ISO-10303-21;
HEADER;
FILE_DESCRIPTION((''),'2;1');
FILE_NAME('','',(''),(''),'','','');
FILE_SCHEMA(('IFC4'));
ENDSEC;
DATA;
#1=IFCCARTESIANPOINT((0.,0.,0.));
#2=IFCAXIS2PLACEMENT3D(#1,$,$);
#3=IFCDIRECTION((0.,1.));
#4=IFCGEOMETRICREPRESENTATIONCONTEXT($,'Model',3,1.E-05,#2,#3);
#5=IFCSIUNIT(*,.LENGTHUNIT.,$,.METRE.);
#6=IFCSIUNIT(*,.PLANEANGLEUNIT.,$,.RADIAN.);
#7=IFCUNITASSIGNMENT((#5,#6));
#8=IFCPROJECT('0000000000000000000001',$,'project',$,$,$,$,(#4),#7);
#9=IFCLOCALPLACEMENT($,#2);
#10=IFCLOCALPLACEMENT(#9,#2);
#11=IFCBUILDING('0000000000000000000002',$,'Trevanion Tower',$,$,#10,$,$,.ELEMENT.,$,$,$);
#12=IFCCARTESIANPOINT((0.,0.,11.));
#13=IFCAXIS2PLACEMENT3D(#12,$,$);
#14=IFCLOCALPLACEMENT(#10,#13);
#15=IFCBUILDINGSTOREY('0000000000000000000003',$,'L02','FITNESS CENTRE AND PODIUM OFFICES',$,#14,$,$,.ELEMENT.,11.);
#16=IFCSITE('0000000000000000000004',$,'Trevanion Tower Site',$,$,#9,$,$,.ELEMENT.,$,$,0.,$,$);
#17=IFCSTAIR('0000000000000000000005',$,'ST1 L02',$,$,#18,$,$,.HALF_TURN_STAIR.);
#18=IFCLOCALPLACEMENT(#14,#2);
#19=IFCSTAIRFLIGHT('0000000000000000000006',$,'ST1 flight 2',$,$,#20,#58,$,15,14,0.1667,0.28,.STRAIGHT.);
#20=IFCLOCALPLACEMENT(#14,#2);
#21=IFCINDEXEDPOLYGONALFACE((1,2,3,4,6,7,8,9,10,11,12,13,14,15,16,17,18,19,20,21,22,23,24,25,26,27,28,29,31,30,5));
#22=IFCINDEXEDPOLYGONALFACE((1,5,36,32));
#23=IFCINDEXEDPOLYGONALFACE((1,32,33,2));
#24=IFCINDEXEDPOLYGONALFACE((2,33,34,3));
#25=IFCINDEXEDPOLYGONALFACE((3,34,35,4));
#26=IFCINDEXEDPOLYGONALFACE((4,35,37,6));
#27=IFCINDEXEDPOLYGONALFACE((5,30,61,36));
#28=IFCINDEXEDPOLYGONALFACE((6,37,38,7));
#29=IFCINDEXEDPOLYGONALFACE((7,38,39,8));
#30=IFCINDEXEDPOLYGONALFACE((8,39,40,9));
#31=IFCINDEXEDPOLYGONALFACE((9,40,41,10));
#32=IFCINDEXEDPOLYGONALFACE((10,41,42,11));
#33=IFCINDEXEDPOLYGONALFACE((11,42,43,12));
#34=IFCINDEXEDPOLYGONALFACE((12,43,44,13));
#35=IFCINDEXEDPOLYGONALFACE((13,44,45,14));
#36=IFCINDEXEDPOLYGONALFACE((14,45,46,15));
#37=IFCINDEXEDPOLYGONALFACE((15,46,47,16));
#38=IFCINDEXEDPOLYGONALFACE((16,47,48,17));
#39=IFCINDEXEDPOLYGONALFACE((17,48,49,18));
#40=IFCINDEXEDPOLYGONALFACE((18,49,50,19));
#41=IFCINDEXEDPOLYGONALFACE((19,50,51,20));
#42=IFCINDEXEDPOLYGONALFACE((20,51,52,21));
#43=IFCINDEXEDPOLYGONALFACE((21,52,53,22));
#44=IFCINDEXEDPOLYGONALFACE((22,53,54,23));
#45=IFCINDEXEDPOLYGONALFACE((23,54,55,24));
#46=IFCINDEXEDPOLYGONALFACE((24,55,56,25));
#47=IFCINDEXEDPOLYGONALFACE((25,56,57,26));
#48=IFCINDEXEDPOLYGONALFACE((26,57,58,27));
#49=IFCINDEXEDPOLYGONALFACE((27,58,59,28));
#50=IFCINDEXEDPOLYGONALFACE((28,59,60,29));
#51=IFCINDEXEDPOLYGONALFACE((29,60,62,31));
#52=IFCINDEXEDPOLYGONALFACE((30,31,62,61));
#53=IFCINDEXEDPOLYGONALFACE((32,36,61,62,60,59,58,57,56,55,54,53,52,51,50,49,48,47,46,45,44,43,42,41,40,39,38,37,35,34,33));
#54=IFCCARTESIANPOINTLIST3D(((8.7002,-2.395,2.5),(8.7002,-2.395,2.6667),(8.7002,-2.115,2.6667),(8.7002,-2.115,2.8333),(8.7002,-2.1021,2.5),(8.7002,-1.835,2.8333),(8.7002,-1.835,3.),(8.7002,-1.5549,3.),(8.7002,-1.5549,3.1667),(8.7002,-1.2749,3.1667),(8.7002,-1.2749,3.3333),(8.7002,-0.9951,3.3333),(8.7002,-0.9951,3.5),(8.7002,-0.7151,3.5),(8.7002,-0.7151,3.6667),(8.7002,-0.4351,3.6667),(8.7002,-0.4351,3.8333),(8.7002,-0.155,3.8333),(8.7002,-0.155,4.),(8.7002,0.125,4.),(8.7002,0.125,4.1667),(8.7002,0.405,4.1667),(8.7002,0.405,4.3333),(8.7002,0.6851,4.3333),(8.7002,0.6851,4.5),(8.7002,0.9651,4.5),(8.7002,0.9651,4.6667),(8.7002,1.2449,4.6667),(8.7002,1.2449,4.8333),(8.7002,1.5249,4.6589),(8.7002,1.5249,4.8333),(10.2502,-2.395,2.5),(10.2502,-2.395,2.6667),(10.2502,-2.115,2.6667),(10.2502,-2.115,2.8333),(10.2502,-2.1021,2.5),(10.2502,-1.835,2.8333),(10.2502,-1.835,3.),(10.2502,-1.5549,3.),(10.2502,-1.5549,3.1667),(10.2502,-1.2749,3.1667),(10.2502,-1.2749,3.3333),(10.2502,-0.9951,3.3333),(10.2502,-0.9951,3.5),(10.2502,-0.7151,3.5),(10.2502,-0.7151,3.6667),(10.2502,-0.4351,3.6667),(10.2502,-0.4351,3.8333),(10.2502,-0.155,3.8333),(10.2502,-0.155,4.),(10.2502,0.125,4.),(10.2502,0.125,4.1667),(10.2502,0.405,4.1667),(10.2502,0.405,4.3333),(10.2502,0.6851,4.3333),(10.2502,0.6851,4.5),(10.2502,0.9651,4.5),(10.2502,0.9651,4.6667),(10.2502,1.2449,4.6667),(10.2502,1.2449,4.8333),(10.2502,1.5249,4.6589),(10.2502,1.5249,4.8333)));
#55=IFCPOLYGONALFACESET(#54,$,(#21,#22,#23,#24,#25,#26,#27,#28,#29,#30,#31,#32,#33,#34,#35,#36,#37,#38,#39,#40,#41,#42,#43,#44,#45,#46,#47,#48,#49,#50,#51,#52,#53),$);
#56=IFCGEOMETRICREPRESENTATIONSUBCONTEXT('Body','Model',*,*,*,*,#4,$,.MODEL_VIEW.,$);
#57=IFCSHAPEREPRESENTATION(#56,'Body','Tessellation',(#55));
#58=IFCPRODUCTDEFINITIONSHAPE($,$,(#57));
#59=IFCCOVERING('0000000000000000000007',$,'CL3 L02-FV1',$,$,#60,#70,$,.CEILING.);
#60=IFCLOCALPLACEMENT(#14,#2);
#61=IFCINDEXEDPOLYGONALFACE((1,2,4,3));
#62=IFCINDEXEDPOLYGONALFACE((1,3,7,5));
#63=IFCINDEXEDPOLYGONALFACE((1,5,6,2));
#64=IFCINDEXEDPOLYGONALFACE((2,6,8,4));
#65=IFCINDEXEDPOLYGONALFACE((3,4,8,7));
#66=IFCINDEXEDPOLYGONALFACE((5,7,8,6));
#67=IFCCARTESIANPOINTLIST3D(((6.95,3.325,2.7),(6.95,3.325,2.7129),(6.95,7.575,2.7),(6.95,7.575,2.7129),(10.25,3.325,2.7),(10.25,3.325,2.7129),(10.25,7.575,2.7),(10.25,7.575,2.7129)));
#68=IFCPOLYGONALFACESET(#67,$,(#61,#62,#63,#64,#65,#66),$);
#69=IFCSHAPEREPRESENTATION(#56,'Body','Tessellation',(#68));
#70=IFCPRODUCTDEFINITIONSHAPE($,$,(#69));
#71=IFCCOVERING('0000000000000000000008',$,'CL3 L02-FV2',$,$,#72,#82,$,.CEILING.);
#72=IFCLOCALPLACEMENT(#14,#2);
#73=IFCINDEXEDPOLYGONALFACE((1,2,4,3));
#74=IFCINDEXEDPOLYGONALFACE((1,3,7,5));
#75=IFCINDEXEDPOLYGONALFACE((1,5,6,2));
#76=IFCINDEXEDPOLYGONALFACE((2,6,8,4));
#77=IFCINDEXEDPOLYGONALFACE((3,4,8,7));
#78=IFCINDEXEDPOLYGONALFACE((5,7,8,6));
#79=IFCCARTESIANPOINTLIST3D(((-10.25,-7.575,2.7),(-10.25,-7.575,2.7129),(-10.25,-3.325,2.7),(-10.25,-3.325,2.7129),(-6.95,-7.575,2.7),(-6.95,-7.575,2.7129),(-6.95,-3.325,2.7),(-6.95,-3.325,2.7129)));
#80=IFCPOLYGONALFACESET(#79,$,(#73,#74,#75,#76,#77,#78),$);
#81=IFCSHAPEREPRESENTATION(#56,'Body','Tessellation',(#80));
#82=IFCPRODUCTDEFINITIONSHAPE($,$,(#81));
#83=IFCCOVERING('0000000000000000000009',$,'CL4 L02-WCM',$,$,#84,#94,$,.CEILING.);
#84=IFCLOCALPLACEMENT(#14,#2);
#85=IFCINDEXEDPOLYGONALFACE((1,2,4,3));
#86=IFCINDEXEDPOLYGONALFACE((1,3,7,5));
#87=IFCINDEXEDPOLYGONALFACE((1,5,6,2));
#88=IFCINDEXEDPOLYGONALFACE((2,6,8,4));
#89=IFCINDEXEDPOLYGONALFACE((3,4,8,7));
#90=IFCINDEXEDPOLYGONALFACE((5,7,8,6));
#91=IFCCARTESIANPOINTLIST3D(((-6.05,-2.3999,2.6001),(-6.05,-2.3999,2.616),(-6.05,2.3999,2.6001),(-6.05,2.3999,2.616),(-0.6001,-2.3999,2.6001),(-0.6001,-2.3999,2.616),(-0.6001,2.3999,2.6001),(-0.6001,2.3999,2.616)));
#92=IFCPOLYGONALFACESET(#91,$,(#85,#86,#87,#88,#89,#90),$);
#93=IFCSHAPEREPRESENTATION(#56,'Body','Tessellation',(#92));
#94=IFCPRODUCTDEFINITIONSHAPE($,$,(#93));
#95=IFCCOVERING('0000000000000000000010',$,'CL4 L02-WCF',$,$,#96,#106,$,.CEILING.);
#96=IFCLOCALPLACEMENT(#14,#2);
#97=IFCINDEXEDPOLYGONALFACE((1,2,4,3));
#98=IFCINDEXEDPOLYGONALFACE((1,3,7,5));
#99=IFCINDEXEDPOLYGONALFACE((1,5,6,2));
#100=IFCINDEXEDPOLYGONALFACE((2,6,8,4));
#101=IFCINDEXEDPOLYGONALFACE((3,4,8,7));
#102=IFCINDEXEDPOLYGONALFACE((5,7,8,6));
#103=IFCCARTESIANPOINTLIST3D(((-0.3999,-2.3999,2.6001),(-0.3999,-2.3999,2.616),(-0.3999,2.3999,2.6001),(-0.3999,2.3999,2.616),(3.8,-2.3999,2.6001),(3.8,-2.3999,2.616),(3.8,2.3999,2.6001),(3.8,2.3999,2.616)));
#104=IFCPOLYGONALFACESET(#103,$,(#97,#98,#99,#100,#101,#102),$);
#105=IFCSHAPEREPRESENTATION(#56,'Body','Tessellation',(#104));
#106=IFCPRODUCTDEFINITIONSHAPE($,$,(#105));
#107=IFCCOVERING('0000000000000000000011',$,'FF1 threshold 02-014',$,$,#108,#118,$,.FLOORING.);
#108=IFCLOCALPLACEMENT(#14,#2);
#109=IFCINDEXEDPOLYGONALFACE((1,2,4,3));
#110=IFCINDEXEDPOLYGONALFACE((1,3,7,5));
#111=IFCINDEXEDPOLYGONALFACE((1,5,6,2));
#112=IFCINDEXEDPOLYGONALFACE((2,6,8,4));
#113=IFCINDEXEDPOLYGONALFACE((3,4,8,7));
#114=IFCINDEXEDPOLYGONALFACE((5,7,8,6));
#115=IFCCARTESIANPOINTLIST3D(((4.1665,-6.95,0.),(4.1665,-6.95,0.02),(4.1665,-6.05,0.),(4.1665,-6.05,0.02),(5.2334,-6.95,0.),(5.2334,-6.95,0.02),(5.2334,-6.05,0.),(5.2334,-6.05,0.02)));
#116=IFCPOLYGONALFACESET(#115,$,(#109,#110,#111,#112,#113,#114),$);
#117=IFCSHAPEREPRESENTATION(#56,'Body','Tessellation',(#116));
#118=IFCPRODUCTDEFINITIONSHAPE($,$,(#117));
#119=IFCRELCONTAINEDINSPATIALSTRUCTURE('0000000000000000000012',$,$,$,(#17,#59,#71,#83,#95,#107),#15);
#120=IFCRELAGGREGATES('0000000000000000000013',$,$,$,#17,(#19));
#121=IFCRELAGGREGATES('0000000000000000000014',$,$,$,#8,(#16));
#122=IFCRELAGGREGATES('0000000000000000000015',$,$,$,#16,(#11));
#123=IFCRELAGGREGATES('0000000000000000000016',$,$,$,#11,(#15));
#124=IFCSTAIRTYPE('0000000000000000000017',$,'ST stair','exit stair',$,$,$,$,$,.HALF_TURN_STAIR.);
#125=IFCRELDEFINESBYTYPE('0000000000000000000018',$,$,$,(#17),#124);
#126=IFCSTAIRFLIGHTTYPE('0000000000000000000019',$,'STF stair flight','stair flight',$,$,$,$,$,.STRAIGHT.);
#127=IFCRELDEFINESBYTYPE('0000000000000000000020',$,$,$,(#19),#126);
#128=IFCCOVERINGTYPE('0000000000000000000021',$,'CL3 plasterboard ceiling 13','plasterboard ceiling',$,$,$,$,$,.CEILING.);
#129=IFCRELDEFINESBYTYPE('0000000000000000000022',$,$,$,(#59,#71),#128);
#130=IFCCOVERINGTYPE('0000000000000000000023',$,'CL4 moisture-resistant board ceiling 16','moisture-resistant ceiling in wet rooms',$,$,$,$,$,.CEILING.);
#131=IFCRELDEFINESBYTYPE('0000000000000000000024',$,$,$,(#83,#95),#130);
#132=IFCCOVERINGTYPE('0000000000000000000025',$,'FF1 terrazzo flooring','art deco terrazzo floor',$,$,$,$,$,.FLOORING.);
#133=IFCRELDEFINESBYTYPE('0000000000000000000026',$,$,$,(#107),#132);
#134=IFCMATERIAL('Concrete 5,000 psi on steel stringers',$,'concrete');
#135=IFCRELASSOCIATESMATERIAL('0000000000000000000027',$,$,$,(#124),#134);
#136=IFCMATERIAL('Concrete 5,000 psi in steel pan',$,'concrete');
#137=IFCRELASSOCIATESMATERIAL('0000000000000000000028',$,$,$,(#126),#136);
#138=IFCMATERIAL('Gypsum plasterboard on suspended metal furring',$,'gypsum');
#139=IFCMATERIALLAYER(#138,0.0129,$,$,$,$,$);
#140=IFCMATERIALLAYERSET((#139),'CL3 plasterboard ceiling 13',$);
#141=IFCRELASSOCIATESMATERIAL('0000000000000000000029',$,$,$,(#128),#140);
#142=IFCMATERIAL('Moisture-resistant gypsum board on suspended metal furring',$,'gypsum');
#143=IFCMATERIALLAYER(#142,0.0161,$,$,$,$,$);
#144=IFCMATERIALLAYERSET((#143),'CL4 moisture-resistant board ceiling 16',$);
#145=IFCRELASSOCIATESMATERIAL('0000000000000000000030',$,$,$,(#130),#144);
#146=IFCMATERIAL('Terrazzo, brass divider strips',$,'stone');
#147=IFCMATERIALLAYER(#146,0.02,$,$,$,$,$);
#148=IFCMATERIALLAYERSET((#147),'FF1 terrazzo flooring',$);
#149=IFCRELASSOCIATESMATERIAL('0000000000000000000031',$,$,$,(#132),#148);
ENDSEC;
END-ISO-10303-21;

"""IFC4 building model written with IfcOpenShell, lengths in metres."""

from ifc_helpers import new_model, si_unit, direction, frame, origin, place, context, subcontext, project, spatial, polyline, outline, extrude, material, layer, layer_set, type_object, element, aggregate, save


model = new_model("IFC4")

# Units and contexts
model_context = context("Model", 3, precision=1e-05, world=origin(), true_north=direction((0.0, 1.0)))
body_context = subcontext(model_context, "Body", "Model", "MODEL_VIEW")
ifc_project = project(units=[si_unit("LENGTHUNIT", "METRE"), si_unit("PLANEANGLEUNIT", "RADIAN")], contexts=[model_context])

# Site, building, storey
site_placement = place(None, origin())
site = spatial("IfcSite", under=ifc_project, at=site_placement, Name="Trevanion Tower Site", CompositionType="ELEMENT", RefElevation=0.0)
building_placement = place(site_placement, origin())
building = spatial("IfcBuilding", under=site, at=building_placement, Name="Trevanion Tower", CompositionType="ELEMENT")
storey_placement = place(building_placement, frame((0.0, 0.0, 11.0)))
storey = spatial("IfcBuildingStorey", under=building, at=storey_placement, Name="L02", Description="FITNESS CENTRE AND PODIUM OFFICES", CompositionType="ELEMENT", Elevation=11.0)

# Stair
ifc_material_1 = material(Name="Concrete 5,000 psi on steel stringers", Category="concrete")
stair_type = type_object("IfcStairType", Name="ST stair", Description="exit stair", PredefinedType="HALF_TURN_STAIR", material=ifc_material_1)
stair_1_placement = place(storey_placement, origin())
stair_1 = element("IfcStair", 1, at=stair_1_placement, inside=storey, type_object=stair_type, Name="ST1 L02", PredefinedType="HALF_TURN_STAIR")

# Stair flight
ifc_material_2 = material(Name="Concrete 5,000 psi in steel pan", Category="concrete")
stair_flight_type = type_object("IfcStairFlightType", Name="STF stair flight", Description="stair flight", PredefinedType="STRAIGHT", material=ifc_material_2)
stair_flight_placement = place(storey_placement, frame((9.4751, -2.395, 2.5), z_axis=(0.0, 0.0, 1.0), x_axis=(0.0, 1.0, 0.0)))
stair_flight = element("IfcStairFlight", 2, at=stair_flight_placement, type_object=stair_flight_type, Name="ST1 flight 2", NumberOfRisers=15, NumberOfTreads=14, PredefinedType="STRAIGHT", RiserHeight=0.1667, TreadLength=0.28, context=body_context, shape_type="SweptSolid", body=[
    extrude(outline(polyline([(0.0, 0.0), (0.0, 0.1667), (0.28, 0.1667), (0.28, 0.3333), (0.5601, 0.3333), (0.5601, 0.5), (0.8401, 0.5), (0.8401, 0.6667), (1.1201, 0.6667), (1.1201, 0.8333), (1.3999, 0.8333), (1.3999, 1.0), (1.6799, 1.0), (1.6799, 1.1667), (1.96, 1.1667), (1.96, 1.3333), (2.24, 1.3333), (2.24, 1.5), (2.52, 1.5), (2.52, 1.6667), (2.8, 1.6667), (2.8, 1.8333), (3.0801, 1.8333), (3.0801, 2.0), (3.3601, 2.0), (3.3601, 2.1667), (3.6399, 2.1667), (3.6399, 2.3333), (3.9199, 2.3333), (3.9199, 2.5), (3.9199, 2.1589), (0.293, 0.0), (0.0, 0.0)])), frame((0.0, 0.7749, 0.0), z_axis=(0.0, -1.0, 0.0), x_axis=(1.0, 0.0, 0.0)), (0.0, 0.0, 1.0), 1.55),
])
aggregate(stair_1, [stair_flight])

# Coverings
ifc_material_3 = material(Name="Gypsum plasterboard on suspended metal furring", Category="gypsum")
ifc_layer_1 = layer(ifc_material_3, 0.0129)
ifc_layer_set_1 = layer_set([ifc_layer_1], Name="CL3 plasterboard ceiling 13")
covering_type_1 = type_object("IfcCoveringType", Name="CL3 plasterboard ceiling 13", Description="plasterboard ceiling", PredefinedType="CEILING", material=ifc_layer_set_1)
covering_1_placement = place(storey_placement, frame((0.0, 0.0, 2.7)))
element("IfcCovering", 3, at=covering_1_placement, inside=storey, type_object=covering_type_1, Name="CL3 L02-FV1", PredefinedType="CEILING", context=body_context, shape_type="SweptSolid", body=[
    extrude(outline(polyline([(6.95, 3.325), (6.95, 7.575), (10.25, 7.575), (10.25, 3.325), (6.95, 3.325)])), origin(), (0.0, 0.0, 1.0), 0.0129),
])
covering_2_placement = place(storey_placement, frame((0.0, 0.0, 2.7)))
element("IfcCovering", 4, at=covering_2_placement, inside=storey, type_object=covering_type_1, Name="CL3 L02-FV2", PredefinedType="CEILING", context=body_context, shape_type="SweptSolid", body=[
    extrude(outline(polyline([(-6.95, -3.325), (-6.95, -7.575), (-10.25, -7.575), (-10.25, -3.325), (-6.95, -3.325)])), origin(), (0.0, 0.0, 1.0), 0.0129),
])
ifc_material_4 = material(Name="Moisture-resistant gypsum board on suspended metal furring", Category="gypsum")
ifc_layer_2 = layer(ifc_material_4, 0.0161)
ifc_layer_set_2 = layer_set([ifc_layer_2], Name="CL4 moisture-resistant board ceiling 16")
covering_type_2 = type_object("IfcCoveringType", Name="CL4 moisture-resistant board ceiling 16", Description="moisture-resistant ceiling in wet rooms", PredefinedType="CEILING", material=ifc_layer_set_2)
covering_3_placement = place(storey_placement, frame((0.0, 0.0, 2.6001)))
element("IfcCovering", 5, at=covering_3_placement, inside=storey, type_object=covering_type_2, Name="CL4 L02-WCM", PredefinedType="CEILING", context=body_context, shape_type="SweptSolid", body=[
    extrude(outline(polyline([(-6.05, -2.3999), (-6.05, 2.3999), (-0.6001, 2.3999), (-0.6001, -2.3999), (-6.05, -2.3999)])), origin(), (0.0, 0.0, 1.0), 0.0159),
])
covering_4_placement = place(storey_placement, frame((0.0, 0.0, 2.6001)))
element("IfcCovering", 6, at=covering_4_placement, inside=storey, type_object=covering_type_2, Name="CL4 L02-WCF", PredefinedType="CEILING", context=body_context, shape_type="SweptSolid", body=[
    extrude(outline(polyline([(-0.3999, -2.3999), (-0.3999, 2.3999), (3.8, 2.3999), (3.8, -2.3999), (-0.3999, -2.3999)])), origin(), (0.0, 0.0, 1.0), 0.0159),
])
ifc_material_5 = material(Name="Terrazzo, brass divider strips", Category="stone")
ifc_layer_3 = layer(ifc_material_5, 0.02)
ifc_layer_set_3 = layer_set([ifc_layer_3], Name="FF1 terrazzo flooring")
covering_type_3 = type_object("IfcCoveringType", Name="FF1 terrazzo flooring", Description="art deco terrazzo floor", PredefinedType="FLOORING", material=ifc_layer_set_3)
covering_5_placement = place(storey_placement, origin())
element("IfcCovering", 7, at=covering_5_placement, inside=storey, type_object=covering_type_3, Name="FF1 threshold 02-014", PredefinedType="FLOORING", context=body_context, shape_type="SweptSolid", body=[
    extrude(outline(polyline([(4.1665, -6.95), (5.2334, -6.95), (5.2334, -6.05), (4.1665, -6.05), (4.1665, -6.95)])), origin(), (0.0, 0.0, 1.0), 0.02),
])

save(model, "model.ifc")
